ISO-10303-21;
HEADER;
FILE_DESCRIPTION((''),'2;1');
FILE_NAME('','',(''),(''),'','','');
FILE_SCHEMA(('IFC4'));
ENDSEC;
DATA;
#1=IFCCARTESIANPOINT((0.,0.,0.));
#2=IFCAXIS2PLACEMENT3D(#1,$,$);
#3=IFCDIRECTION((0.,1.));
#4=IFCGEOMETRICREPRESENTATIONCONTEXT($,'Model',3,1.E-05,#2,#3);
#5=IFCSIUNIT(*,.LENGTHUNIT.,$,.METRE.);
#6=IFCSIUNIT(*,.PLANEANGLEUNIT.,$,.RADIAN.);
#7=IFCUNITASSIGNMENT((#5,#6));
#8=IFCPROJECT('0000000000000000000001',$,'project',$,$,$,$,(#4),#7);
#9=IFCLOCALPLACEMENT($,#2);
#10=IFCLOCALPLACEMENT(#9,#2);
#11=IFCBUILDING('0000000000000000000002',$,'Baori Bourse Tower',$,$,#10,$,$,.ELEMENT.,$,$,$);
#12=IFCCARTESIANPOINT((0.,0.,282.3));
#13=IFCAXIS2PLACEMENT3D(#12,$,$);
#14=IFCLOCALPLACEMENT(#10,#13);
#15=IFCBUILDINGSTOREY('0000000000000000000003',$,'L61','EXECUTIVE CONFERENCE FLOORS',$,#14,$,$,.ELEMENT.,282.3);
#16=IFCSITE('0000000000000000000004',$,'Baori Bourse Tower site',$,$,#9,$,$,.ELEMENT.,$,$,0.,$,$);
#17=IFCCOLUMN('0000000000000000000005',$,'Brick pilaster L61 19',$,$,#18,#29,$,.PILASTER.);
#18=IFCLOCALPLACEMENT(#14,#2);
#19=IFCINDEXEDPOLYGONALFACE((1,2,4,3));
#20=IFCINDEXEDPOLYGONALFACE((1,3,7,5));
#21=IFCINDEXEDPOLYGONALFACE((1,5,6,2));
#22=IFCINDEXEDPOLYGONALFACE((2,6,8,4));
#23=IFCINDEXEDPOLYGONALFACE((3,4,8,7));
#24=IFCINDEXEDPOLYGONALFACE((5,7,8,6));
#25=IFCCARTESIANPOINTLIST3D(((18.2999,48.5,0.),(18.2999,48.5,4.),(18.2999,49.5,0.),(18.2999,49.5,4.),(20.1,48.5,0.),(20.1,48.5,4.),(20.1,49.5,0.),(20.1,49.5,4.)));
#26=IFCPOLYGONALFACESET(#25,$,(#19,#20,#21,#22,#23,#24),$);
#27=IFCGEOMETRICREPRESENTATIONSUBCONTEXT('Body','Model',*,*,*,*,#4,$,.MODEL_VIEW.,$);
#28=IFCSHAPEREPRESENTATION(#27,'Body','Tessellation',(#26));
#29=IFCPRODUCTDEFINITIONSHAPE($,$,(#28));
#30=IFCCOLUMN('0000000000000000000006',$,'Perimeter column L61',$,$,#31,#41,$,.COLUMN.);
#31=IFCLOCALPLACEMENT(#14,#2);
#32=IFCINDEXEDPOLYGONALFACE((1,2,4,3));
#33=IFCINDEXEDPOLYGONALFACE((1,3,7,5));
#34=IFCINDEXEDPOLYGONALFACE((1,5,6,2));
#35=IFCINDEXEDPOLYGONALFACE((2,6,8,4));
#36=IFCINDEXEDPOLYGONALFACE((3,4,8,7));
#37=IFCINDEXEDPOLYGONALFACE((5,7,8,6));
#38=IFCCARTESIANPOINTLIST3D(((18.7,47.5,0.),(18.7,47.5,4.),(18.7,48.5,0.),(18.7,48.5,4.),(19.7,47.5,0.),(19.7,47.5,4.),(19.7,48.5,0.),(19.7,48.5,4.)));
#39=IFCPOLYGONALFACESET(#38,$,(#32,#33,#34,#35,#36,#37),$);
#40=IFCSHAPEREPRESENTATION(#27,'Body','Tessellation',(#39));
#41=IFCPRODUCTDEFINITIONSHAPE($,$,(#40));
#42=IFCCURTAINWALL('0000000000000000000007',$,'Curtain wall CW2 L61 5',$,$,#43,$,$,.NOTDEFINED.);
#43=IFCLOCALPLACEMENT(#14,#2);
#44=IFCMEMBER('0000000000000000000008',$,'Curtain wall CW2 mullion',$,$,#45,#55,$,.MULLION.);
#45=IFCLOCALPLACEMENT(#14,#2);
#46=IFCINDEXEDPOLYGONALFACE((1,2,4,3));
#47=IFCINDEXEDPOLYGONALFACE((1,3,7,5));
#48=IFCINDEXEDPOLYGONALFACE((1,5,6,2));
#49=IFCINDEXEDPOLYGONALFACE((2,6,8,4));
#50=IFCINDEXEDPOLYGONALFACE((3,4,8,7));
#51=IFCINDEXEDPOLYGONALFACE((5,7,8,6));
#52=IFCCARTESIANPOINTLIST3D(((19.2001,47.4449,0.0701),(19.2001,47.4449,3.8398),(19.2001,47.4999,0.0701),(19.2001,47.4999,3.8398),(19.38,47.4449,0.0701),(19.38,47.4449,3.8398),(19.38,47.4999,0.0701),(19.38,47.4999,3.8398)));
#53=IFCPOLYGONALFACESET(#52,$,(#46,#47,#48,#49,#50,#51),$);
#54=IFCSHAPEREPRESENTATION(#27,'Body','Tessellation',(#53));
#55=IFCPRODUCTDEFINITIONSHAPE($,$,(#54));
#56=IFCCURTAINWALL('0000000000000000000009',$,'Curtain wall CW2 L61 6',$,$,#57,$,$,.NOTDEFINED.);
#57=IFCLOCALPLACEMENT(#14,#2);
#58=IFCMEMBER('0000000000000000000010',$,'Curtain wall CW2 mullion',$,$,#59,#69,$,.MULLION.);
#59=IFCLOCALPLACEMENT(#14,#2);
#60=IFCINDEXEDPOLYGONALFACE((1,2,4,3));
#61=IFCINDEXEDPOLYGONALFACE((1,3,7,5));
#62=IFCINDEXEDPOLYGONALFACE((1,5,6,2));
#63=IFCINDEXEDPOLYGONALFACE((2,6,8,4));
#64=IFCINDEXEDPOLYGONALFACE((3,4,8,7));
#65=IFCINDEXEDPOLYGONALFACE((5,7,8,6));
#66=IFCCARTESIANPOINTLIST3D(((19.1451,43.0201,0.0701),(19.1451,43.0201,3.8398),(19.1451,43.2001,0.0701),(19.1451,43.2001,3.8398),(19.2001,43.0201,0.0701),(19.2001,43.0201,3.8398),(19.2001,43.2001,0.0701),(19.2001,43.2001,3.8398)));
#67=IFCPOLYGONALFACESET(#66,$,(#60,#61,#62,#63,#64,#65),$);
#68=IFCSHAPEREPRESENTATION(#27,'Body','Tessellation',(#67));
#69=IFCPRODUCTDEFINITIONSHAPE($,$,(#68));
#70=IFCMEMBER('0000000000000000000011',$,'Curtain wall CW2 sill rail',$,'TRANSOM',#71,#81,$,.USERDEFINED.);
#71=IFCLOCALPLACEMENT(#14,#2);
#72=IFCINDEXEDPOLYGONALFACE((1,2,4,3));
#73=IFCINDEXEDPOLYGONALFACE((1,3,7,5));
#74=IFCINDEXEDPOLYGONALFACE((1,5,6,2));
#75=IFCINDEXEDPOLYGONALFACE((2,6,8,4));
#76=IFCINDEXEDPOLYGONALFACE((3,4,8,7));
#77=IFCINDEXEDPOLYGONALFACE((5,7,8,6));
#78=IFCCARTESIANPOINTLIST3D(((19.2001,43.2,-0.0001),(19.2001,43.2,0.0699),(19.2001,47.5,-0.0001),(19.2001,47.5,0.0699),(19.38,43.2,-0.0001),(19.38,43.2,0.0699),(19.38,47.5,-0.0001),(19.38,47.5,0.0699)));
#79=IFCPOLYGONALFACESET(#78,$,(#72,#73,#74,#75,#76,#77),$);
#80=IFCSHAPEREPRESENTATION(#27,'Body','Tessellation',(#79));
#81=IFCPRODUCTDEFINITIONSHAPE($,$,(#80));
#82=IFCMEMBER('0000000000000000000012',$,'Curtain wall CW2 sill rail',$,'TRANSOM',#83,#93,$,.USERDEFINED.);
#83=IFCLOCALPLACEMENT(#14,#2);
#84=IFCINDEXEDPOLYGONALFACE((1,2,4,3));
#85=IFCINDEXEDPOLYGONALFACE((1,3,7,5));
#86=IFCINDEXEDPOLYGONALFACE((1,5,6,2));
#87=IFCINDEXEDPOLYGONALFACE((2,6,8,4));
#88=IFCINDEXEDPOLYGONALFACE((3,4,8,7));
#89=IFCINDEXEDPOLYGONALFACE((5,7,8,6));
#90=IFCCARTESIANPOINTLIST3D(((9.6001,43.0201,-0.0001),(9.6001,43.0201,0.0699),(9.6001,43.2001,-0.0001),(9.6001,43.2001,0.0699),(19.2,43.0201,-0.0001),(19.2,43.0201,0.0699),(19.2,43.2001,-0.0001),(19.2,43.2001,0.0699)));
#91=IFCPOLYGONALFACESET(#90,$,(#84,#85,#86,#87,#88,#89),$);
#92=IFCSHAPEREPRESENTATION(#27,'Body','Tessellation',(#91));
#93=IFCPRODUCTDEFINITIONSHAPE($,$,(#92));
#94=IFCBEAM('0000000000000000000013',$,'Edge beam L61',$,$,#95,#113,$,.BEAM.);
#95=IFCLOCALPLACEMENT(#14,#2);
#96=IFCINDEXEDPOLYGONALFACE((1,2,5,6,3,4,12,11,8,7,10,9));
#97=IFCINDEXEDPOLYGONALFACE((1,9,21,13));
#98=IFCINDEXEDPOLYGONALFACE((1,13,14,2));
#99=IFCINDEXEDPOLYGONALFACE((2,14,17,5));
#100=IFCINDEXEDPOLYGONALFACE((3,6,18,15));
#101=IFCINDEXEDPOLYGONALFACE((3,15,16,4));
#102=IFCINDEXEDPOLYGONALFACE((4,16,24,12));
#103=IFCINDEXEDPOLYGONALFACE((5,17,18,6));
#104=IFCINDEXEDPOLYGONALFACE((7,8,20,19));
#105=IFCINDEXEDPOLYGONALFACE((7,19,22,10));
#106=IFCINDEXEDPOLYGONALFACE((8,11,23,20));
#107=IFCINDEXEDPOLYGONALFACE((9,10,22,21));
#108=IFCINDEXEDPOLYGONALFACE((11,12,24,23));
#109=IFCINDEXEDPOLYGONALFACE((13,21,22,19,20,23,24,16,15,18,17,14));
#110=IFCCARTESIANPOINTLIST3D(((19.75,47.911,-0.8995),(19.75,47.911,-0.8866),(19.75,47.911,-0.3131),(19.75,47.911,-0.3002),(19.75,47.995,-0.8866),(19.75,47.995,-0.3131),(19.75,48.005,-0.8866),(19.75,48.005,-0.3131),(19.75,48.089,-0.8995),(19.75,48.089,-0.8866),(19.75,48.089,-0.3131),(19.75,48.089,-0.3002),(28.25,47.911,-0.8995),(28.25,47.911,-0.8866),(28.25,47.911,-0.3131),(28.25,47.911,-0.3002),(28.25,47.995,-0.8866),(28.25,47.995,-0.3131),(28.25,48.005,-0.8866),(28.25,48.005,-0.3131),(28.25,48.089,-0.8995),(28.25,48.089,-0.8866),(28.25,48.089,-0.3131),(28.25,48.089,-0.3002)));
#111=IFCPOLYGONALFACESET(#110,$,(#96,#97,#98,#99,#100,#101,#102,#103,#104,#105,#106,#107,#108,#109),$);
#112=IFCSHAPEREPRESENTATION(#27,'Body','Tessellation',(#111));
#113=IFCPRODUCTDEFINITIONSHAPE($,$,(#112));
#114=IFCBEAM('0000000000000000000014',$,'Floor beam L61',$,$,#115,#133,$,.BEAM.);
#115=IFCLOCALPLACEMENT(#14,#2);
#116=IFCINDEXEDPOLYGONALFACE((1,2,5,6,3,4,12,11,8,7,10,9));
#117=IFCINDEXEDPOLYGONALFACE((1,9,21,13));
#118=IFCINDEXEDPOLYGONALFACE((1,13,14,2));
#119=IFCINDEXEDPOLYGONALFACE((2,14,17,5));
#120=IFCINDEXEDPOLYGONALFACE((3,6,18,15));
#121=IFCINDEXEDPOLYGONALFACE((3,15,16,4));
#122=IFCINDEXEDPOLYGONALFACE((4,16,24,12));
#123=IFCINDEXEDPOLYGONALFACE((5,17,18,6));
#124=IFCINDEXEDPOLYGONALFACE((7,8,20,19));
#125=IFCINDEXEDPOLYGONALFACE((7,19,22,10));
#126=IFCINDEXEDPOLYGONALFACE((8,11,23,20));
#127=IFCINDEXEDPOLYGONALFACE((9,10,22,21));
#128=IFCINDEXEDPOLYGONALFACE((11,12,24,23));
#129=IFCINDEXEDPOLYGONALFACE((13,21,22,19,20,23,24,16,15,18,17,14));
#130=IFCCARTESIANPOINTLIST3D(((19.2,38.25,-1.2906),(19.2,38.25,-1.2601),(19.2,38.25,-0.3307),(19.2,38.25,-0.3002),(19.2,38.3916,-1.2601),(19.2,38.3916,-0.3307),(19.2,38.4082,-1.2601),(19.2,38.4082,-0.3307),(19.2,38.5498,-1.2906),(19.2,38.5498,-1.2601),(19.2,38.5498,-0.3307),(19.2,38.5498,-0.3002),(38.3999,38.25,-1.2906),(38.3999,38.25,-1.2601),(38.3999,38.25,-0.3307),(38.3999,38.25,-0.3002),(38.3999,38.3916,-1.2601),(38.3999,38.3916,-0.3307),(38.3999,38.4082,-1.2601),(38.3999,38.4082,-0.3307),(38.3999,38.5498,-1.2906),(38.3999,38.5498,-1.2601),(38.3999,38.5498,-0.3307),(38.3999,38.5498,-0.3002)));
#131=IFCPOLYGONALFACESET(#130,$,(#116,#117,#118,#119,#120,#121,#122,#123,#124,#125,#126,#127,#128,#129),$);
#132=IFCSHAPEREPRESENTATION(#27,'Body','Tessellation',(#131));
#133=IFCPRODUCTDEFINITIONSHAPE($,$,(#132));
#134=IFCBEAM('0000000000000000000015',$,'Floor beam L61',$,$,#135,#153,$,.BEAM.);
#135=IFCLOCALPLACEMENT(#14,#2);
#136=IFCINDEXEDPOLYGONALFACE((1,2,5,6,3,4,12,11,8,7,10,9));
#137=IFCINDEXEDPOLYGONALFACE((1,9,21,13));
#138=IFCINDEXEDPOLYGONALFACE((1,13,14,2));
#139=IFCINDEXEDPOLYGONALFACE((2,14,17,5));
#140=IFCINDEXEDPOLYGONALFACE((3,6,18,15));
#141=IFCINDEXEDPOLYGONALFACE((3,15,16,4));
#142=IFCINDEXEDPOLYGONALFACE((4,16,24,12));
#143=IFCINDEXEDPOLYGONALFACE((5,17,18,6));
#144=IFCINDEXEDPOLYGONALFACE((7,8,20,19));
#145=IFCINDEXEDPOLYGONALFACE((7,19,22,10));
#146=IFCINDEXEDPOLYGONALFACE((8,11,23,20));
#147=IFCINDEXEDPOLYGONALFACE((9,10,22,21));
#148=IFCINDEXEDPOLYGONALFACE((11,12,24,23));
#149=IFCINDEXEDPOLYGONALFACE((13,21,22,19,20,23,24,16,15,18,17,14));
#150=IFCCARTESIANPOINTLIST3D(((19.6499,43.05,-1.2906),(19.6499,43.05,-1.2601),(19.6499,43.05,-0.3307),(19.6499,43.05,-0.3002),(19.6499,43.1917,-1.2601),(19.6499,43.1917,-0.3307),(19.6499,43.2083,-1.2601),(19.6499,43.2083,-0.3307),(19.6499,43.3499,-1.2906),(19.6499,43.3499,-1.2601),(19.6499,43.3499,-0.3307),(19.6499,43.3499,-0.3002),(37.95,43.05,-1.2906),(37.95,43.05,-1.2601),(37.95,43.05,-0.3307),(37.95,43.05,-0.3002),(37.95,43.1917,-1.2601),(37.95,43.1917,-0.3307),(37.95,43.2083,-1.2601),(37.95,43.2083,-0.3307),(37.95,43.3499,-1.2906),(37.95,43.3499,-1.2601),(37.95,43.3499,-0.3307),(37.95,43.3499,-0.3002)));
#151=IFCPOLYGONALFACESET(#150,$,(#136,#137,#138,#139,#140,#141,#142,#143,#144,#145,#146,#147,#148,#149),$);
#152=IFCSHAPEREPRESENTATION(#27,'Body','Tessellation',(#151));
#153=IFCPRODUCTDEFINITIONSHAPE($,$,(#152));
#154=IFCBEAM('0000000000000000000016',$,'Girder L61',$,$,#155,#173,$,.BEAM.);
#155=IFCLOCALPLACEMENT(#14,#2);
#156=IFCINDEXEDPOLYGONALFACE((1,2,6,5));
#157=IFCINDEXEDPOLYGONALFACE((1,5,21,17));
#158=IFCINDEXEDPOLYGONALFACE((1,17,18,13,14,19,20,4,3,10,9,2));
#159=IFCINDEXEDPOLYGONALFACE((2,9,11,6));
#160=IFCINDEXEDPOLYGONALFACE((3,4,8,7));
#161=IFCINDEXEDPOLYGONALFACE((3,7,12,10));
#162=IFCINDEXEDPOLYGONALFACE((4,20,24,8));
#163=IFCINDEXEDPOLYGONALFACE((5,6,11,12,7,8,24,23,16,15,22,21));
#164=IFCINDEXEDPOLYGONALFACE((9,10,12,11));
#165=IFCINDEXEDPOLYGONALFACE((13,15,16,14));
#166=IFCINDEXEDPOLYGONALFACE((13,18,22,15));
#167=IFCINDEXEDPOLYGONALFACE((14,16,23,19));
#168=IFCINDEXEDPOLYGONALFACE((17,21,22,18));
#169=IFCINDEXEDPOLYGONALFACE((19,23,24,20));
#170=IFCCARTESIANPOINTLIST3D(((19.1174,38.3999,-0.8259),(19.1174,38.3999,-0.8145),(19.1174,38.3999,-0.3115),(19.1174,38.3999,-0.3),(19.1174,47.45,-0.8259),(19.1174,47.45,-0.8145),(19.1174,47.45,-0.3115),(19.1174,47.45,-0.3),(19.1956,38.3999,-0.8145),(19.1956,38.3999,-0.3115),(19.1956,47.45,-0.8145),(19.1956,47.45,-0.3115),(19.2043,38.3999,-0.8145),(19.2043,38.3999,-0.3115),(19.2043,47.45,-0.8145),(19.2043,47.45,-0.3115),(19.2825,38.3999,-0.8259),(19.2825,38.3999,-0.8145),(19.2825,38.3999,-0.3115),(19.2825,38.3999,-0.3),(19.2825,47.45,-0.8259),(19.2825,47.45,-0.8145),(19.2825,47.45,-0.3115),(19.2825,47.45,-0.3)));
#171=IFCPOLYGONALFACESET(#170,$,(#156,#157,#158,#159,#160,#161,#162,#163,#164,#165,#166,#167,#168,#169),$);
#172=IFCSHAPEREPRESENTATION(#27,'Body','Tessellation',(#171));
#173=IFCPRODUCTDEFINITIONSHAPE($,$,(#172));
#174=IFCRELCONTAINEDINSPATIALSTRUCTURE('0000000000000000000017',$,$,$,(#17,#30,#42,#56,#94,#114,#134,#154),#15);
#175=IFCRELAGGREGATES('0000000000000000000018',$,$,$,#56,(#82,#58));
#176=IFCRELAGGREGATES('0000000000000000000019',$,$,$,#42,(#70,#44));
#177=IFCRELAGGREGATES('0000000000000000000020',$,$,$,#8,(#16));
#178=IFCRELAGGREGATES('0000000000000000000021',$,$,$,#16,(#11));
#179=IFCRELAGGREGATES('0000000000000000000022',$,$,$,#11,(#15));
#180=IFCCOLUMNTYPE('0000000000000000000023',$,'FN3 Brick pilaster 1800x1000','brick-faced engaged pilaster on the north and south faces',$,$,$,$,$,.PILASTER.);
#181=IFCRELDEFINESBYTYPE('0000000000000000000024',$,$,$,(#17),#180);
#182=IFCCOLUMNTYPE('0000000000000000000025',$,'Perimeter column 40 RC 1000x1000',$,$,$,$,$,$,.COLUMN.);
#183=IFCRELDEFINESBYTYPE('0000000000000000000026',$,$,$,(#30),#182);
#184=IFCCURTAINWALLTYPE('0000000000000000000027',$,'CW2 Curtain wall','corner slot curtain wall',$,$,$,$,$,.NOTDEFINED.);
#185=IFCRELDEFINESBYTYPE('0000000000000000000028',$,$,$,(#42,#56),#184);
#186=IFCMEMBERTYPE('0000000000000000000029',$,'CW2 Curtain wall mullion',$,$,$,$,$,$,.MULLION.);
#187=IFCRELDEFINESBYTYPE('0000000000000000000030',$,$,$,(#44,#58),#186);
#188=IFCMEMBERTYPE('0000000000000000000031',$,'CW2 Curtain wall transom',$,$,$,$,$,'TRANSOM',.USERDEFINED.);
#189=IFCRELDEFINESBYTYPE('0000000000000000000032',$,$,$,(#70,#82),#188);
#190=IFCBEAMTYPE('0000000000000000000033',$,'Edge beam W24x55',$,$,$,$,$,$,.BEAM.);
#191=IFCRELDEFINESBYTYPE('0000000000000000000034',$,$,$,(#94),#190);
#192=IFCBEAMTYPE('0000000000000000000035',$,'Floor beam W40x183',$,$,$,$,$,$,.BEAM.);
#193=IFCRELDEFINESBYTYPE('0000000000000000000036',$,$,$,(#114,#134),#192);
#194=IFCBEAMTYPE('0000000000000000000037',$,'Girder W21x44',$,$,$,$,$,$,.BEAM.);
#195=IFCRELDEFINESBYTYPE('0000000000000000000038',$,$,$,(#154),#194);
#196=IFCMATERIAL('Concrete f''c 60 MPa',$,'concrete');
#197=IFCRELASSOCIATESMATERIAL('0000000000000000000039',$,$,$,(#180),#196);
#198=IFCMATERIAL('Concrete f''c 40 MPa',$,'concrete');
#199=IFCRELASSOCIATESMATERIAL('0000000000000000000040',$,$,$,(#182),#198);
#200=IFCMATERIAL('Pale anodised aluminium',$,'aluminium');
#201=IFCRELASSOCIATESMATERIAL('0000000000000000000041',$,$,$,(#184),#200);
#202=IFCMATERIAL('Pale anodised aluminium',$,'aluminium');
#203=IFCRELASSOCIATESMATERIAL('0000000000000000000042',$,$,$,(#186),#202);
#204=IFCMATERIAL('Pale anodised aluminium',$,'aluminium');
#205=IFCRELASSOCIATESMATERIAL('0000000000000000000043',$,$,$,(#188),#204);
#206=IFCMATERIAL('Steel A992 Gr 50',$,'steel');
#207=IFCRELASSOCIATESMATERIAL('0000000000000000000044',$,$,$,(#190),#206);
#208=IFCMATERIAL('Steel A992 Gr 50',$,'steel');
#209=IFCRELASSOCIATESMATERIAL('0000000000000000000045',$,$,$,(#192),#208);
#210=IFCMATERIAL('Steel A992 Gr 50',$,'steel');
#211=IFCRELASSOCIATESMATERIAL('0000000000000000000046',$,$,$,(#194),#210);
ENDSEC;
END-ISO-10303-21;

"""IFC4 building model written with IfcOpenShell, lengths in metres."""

from ifc_helpers import new_model, si_unit, direction, frame, origin, origin_2d, place, context, subcontext, project, spatial, rectangle, i_section, extrude, material, material_profile, profile_set, type_object, element, aggregate, save


model = new_model("IFC4")

# Units and contexts
model_context = context("Model", 3, precision=1e-05, world=origin(), true_north=direction((0.0, 1.0)))
body_context = subcontext(model_context, "Body", "Model", "MODEL_VIEW")
ifc_project = project(units=[si_unit("LENGTHUNIT", "METRE"), si_unit("PLANEANGLEUNIT", "RADIAN")], contexts=[model_context])

# Site, building, storey
site_placement = place(None, origin())
site = spatial("IfcSite", under=ifc_project, at=site_placement, Name="Baori Bourse Tower site", CompositionType="ELEMENT", RefElevation=0.0)
building_placement = place(site_placement, origin())
building = spatial("IfcBuilding", under=site, at=building_placement, Name="Baori Bourse Tower", CompositionType="ELEMENT")
storey_placement = place(building_placement, frame((0.0, 0.0, 282.3)))
storey = spatial("IfcBuildingStorey", under=building, at=storey_placement, Name="L61", Description="EXECUTIVE CONFERENCE FLOORS", CompositionType="ELEMENT", Elevation=282.3)

# Columns
ifc_material_1 = material(Name="Concrete f'c 60 MPa", Category="concrete")
ifc_material_profile_1 = material_profile(ifc_material_1, rectangle(XDim=1.8, YDim=1.0, at=origin_2d()), Name="RC 1800x1000")
ifc_profile_set_1 = profile_set([ifc_material_profile_1], Name="Concrete f'c 60 MPa")
column_type_1 = type_object("IfcColumnType", Name="FN3 Brick pilaster 1800x1000", Description="brick-faced engaged pilaster on the north and south faces", PredefinedType="PILASTER", material=ifc_profile_set_1)
column_1_placement = place(storey_placement, frame((19.2, 49.0, 0.0), z_axis=(0.0, 0.0, 1.0), x_axis=(1.0, 0.0, 0.0)))
element("IfcColumn", 1, at=column_1_placement, inside=storey, type_object=column_type_1, Name="Brick pilaster L61 19", PredefinedType="PILASTER", context=body_context, shape_type="SweptSolid", body=[
    extrude(rectangle(XDim=1.8, YDim=1.0, at=origin_2d()), origin(), (0.0, 0.0, 1.0), 4.0),
])
ifc_material_2 = material(Name="Concrete f'c 40 MPa", Category="concrete")
ifc_material_profile_2 = material_profile(ifc_material_2, rectangle(XDim=1.0, YDim=1.0, at=origin_2d()), Name="RC 1000x1000")
ifc_profile_set_2 = profile_set([ifc_material_profile_2], Name="Concrete f'c 40 MPa")
column_type_2 = type_object("IfcColumnType", Name="Perimeter column 40 RC 1000x1000", PredefinedType="COLUMN", material=ifc_profile_set_2)
column_2_placement = place(storey_placement, frame((19.2, 48.0, 0.0), z_axis=(0.0, 0.0, 1.0), x_axis=(1.0, 0.0, 0.0)))
element("IfcColumn", 2, at=column_2_placement, inside=storey, type_object=column_type_2, Name="Perimeter column L61", PredefinedType="COLUMN", context=body_context, shape_type="SweptSolid", body=[
    extrude(rectangle(XDim=1.0, YDim=1.0, at=origin_2d()), origin(), (0.0, 0.0, 1.0), 4.0),
])

# Curtain walls, members
ifc_material_3 = material(Name="Pale anodised aluminium", Category="aluminium")
curtain_wall_type = type_object("IfcCurtainWallType", Name="CW2 Curtain wall", Description="corner slot curtain wall", PredefinedType="NOTDEFINED", material=ifc_material_3)
curtain_wall_1_placement = place(storey_placement, origin())
curtain_wall_1 = element("IfcCurtainWall", 3, at=curtain_wall_1_placement, inside=storey, type_object=curtain_wall_type, Name="Curtain wall CW2 L61 5", PredefinedType="NOTDEFINED")
ifc_material_4 = material(Name="Pale anodised aluminium", Category="aluminium")
ifc_material_profile_3 = material_profile(ifc_material_4, rectangle(XDim=0.1799, YDim=0.0549, at=origin_2d()), Name="Mullion 55x180")
ifc_profile_set_3 = profile_set([ifc_material_profile_3], Name="Pale anodised aluminium")
member_type_1 = type_object("IfcMemberType", Name="CW2 Curtain wall mullion", PredefinedType="MULLION", material=ifc_profile_set_3)
member_1_placement = place(storey_placement, frame((19.29, 47.4724, 0.0701), z_axis=(0.0, 0.0, 1.0), x_axis=(1.0, 0.0, 0.0)))
member_1 = element("IfcMember", 4, at=member_1_placement, type_object=member_type_1, Name="Curtain wall CW2 mullion", PredefinedType="MULLION", context=body_context, shape_type="SweptSolid", body=[
    extrude(rectangle(XDim=0.1799, YDim=0.0549, at=origin_2d()), origin(), (0.0, 0.0, 1.0), 3.7698),
])
curtain_wall_2_placement = place(storey_placement, origin())
curtain_wall_2 = element("IfcCurtainWall", 5, at=curtain_wall_2_placement, inside=storey, type_object=curtain_wall_type, Name="Curtain wall CW2 L61 6", PredefinedType="NOTDEFINED")
member_2_placement = place(storey_placement, frame((19.1726, 43.1101, 0.0701), z_axis=(0.0, 0.0, 1.0), x_axis=(0.0, -1.0, 0.0)))
member_2 = element("IfcMember", 6, at=member_2_placement, type_object=member_type_1, Name="Curtain wall CW2 mullion", PredefinedType="MULLION", context=body_context, shape_type="SweptSolid", body=[
    extrude(rectangle(XDim=0.1799, YDim=0.0549, at=origin_2d()), origin(), (0.0, 0.0, 1.0), 3.7698),
])

# Members
ifc_material_5 = material(Name="Pale anodised aluminium", Category="aluminium")
ifc_material_profile_4 = material_profile(ifc_material_5, rectangle(XDim=0.1799, YDim=0.0701, at=origin_2d()), Name="Transom 70x180")
ifc_profile_set_4 = profile_set([ifc_material_profile_4], Name="Pale anodised aluminium")
member_type_2 = type_object("IfcMemberType", Name="CW2 Curtain wall transom", ElementType="TRANSOM", PredefinedType="USERDEFINED", material=ifc_profile_set_4)
member_3_placement = place(storey_placement, frame((19.29, 47.5, 0.0349), z_axis=(0.0, -1.0, 0.0), x_axis=(1.0, 0.0, 0.0)))
member_3 = element("IfcMember", 7, at=member_3_placement, type_object=member_type_2, Name="Curtain wall CW2 sill rail", ObjectType="TRANSOM", PredefinedType="USERDEFINED", context=body_context, shape_type="SweptSolid", body=[
    extrude(rectangle(XDim=0.1799, YDim=0.0701, at=origin_2d()), origin(), (0.0, 0.0, 1.0), 4.3),
])
member_4_placement = place(storey_placement, frame((19.2, 43.1101, 0.0349), z_axis=(-1.0, 0.0, 0.0), x_axis=(0.0, -1.0, 0.0)))
member_4 = element("IfcMember", 8, at=member_4_placement, type_object=member_type_2, Name="Curtain wall CW2 sill rail", ObjectType="TRANSOM", PredefinedType="USERDEFINED", context=body_context, shape_type="SweptSolid", body=[
    extrude(rectangle(XDim=0.1799, YDim=0.0701, at=origin_2d()), origin(), (0.0, 0.0, 1.0), 9.5999),
])
aggregate(curtain_wall_2, [member_4, member_2])

# Beams
ifc_material_6 = material(Name="Steel A992 Gr 50", Category="steel")
ifc_material_profile_5 = material_profile(ifc_material_6, i_section(OverallWidth=0.178, OverallDepth=0.5994, WebThickness=0.01, FlangeThickness=0.0129, at=origin_2d()), Name="W24x55")
ifc_profile_set_5 = profile_set([ifc_material_profile_5], Name="Steel A992 Gr 50")
beam_type_1 = type_object("IfcBeamType", Name="Edge beam W24x55", PredefinedType="BEAM", material=ifc_profile_set_5)
beam_1_placement = place(storey_placement, frame((19.75, 48.0, -0.5999), z_axis=(1.0, 0.0, 0.0), x_axis=(0.0, 1.0, 0.0)))
element("IfcBeam", 9, at=beam_1_placement, inside=storey, type_object=beam_type_1, Name="Edge beam L61", PredefinedType="BEAM", context=body_context, shape_type="SweptSolid", body=[
    extrude(i_section(OverallWidth=0.178, OverallDepth=0.5994, WebThickness=0.01, FlangeThickness=0.0129, at=origin_2d()), origin(), (0.0, 0.0, 1.0), 8.5),
])
ifc_material_7 = material(Name="Steel A992 Gr 50", Category="steel")
ifc_material_profile_6 = material_profile(ifc_material_7, i_section(OverallWidth=0.2998, OverallDepth=0.9905, WebThickness=0.0166, FlangeThickness=0.0305, at=origin_2d()), Name="W40x183")
ifc_profile_set_6 = profile_set([ifc_material_profile_6], Name="Steel A992 Gr 50")
beam_type_2 = type_object("IfcBeamType", Name="Floor beam W40x183", PredefinedType="BEAM", material=ifc_profile_set_6)
beam_2_placement = place(storey_placement, frame((19.2, 38.3999, -0.7954), z_axis=(1.0, 0.0, 0.0), x_axis=(0.0, 1.0, 0.0)))
element("IfcBeam", 10, at=beam_2_placement, inside=storey, type_object=beam_type_2, Name="Floor beam L61", PredefinedType="BEAM", context=body_context, shape_type="SweptSolid", body=[
    extrude(i_section(OverallWidth=0.2998, OverallDepth=0.9905, WebThickness=0.0166, FlangeThickness=0.0305, at=origin_2d()), origin(), (0.0, 0.0, 1.0), 19.2),
])
beam_3_placement = place(storey_placement, frame((19.6499, 43.2, -0.7954), z_axis=(1.0, 0.0, 0.0), x_axis=(0.0, 1.0, 0.0)))
element("IfcBeam", 11, at=beam_3_placement, inside=storey, type_object=beam_type_2, Name="Floor beam L61", PredefinedType="BEAM", context=body_context, shape_type="SweptSolid", body=[
    extrude(i_section(OverallWidth=0.2998, OverallDepth=0.9905, WebThickness=0.0166, FlangeThickness=0.0305, at=origin_2d()), origin(), (0.0, 0.0, 1.0), 18.3),
])
ifc_material_8 = material(Name="Steel A992 Gr 50", Category="steel")
ifc_material_profile_7 = material_profile(ifc_material_8, i_section(OverallWidth=0.165, OverallDepth=0.5259, WebThickness=0.0088, FlangeThickness=0.0115, at=origin_2d()), Name="W21x44")
ifc_profile_set_7 = profile_set([ifc_material_profile_7], Name="Steel A992 Gr 50")
beam_type_3 = type_object("IfcBeamType", Name="Girder W21x44", PredefinedType="BEAM", material=ifc_profile_set_7)
beam_4_placement = place(storey_placement, frame((19.2, 38.3999, -0.563), z_axis=(0.0, 1.0, 0.0), x_axis=(-1.0, 0.0, 0.0)))
element("IfcBeam", 12, at=beam_4_placement, inside=storey, type_object=beam_type_3, Name="Girder L61", PredefinedType="BEAM", context=body_context, shape_type="SweptSolid", body=[
    extrude(i_section(OverallWidth=0.165, OverallDepth=0.5259, WebThickness=0.0088, FlangeThickness=0.0115, at=origin_2d()), origin(), (0.0, 0.0, 1.0), 9.05),
])

aggregate(curtain_wall_1, [member_3, member_1])

save(model, "model.ifc")
